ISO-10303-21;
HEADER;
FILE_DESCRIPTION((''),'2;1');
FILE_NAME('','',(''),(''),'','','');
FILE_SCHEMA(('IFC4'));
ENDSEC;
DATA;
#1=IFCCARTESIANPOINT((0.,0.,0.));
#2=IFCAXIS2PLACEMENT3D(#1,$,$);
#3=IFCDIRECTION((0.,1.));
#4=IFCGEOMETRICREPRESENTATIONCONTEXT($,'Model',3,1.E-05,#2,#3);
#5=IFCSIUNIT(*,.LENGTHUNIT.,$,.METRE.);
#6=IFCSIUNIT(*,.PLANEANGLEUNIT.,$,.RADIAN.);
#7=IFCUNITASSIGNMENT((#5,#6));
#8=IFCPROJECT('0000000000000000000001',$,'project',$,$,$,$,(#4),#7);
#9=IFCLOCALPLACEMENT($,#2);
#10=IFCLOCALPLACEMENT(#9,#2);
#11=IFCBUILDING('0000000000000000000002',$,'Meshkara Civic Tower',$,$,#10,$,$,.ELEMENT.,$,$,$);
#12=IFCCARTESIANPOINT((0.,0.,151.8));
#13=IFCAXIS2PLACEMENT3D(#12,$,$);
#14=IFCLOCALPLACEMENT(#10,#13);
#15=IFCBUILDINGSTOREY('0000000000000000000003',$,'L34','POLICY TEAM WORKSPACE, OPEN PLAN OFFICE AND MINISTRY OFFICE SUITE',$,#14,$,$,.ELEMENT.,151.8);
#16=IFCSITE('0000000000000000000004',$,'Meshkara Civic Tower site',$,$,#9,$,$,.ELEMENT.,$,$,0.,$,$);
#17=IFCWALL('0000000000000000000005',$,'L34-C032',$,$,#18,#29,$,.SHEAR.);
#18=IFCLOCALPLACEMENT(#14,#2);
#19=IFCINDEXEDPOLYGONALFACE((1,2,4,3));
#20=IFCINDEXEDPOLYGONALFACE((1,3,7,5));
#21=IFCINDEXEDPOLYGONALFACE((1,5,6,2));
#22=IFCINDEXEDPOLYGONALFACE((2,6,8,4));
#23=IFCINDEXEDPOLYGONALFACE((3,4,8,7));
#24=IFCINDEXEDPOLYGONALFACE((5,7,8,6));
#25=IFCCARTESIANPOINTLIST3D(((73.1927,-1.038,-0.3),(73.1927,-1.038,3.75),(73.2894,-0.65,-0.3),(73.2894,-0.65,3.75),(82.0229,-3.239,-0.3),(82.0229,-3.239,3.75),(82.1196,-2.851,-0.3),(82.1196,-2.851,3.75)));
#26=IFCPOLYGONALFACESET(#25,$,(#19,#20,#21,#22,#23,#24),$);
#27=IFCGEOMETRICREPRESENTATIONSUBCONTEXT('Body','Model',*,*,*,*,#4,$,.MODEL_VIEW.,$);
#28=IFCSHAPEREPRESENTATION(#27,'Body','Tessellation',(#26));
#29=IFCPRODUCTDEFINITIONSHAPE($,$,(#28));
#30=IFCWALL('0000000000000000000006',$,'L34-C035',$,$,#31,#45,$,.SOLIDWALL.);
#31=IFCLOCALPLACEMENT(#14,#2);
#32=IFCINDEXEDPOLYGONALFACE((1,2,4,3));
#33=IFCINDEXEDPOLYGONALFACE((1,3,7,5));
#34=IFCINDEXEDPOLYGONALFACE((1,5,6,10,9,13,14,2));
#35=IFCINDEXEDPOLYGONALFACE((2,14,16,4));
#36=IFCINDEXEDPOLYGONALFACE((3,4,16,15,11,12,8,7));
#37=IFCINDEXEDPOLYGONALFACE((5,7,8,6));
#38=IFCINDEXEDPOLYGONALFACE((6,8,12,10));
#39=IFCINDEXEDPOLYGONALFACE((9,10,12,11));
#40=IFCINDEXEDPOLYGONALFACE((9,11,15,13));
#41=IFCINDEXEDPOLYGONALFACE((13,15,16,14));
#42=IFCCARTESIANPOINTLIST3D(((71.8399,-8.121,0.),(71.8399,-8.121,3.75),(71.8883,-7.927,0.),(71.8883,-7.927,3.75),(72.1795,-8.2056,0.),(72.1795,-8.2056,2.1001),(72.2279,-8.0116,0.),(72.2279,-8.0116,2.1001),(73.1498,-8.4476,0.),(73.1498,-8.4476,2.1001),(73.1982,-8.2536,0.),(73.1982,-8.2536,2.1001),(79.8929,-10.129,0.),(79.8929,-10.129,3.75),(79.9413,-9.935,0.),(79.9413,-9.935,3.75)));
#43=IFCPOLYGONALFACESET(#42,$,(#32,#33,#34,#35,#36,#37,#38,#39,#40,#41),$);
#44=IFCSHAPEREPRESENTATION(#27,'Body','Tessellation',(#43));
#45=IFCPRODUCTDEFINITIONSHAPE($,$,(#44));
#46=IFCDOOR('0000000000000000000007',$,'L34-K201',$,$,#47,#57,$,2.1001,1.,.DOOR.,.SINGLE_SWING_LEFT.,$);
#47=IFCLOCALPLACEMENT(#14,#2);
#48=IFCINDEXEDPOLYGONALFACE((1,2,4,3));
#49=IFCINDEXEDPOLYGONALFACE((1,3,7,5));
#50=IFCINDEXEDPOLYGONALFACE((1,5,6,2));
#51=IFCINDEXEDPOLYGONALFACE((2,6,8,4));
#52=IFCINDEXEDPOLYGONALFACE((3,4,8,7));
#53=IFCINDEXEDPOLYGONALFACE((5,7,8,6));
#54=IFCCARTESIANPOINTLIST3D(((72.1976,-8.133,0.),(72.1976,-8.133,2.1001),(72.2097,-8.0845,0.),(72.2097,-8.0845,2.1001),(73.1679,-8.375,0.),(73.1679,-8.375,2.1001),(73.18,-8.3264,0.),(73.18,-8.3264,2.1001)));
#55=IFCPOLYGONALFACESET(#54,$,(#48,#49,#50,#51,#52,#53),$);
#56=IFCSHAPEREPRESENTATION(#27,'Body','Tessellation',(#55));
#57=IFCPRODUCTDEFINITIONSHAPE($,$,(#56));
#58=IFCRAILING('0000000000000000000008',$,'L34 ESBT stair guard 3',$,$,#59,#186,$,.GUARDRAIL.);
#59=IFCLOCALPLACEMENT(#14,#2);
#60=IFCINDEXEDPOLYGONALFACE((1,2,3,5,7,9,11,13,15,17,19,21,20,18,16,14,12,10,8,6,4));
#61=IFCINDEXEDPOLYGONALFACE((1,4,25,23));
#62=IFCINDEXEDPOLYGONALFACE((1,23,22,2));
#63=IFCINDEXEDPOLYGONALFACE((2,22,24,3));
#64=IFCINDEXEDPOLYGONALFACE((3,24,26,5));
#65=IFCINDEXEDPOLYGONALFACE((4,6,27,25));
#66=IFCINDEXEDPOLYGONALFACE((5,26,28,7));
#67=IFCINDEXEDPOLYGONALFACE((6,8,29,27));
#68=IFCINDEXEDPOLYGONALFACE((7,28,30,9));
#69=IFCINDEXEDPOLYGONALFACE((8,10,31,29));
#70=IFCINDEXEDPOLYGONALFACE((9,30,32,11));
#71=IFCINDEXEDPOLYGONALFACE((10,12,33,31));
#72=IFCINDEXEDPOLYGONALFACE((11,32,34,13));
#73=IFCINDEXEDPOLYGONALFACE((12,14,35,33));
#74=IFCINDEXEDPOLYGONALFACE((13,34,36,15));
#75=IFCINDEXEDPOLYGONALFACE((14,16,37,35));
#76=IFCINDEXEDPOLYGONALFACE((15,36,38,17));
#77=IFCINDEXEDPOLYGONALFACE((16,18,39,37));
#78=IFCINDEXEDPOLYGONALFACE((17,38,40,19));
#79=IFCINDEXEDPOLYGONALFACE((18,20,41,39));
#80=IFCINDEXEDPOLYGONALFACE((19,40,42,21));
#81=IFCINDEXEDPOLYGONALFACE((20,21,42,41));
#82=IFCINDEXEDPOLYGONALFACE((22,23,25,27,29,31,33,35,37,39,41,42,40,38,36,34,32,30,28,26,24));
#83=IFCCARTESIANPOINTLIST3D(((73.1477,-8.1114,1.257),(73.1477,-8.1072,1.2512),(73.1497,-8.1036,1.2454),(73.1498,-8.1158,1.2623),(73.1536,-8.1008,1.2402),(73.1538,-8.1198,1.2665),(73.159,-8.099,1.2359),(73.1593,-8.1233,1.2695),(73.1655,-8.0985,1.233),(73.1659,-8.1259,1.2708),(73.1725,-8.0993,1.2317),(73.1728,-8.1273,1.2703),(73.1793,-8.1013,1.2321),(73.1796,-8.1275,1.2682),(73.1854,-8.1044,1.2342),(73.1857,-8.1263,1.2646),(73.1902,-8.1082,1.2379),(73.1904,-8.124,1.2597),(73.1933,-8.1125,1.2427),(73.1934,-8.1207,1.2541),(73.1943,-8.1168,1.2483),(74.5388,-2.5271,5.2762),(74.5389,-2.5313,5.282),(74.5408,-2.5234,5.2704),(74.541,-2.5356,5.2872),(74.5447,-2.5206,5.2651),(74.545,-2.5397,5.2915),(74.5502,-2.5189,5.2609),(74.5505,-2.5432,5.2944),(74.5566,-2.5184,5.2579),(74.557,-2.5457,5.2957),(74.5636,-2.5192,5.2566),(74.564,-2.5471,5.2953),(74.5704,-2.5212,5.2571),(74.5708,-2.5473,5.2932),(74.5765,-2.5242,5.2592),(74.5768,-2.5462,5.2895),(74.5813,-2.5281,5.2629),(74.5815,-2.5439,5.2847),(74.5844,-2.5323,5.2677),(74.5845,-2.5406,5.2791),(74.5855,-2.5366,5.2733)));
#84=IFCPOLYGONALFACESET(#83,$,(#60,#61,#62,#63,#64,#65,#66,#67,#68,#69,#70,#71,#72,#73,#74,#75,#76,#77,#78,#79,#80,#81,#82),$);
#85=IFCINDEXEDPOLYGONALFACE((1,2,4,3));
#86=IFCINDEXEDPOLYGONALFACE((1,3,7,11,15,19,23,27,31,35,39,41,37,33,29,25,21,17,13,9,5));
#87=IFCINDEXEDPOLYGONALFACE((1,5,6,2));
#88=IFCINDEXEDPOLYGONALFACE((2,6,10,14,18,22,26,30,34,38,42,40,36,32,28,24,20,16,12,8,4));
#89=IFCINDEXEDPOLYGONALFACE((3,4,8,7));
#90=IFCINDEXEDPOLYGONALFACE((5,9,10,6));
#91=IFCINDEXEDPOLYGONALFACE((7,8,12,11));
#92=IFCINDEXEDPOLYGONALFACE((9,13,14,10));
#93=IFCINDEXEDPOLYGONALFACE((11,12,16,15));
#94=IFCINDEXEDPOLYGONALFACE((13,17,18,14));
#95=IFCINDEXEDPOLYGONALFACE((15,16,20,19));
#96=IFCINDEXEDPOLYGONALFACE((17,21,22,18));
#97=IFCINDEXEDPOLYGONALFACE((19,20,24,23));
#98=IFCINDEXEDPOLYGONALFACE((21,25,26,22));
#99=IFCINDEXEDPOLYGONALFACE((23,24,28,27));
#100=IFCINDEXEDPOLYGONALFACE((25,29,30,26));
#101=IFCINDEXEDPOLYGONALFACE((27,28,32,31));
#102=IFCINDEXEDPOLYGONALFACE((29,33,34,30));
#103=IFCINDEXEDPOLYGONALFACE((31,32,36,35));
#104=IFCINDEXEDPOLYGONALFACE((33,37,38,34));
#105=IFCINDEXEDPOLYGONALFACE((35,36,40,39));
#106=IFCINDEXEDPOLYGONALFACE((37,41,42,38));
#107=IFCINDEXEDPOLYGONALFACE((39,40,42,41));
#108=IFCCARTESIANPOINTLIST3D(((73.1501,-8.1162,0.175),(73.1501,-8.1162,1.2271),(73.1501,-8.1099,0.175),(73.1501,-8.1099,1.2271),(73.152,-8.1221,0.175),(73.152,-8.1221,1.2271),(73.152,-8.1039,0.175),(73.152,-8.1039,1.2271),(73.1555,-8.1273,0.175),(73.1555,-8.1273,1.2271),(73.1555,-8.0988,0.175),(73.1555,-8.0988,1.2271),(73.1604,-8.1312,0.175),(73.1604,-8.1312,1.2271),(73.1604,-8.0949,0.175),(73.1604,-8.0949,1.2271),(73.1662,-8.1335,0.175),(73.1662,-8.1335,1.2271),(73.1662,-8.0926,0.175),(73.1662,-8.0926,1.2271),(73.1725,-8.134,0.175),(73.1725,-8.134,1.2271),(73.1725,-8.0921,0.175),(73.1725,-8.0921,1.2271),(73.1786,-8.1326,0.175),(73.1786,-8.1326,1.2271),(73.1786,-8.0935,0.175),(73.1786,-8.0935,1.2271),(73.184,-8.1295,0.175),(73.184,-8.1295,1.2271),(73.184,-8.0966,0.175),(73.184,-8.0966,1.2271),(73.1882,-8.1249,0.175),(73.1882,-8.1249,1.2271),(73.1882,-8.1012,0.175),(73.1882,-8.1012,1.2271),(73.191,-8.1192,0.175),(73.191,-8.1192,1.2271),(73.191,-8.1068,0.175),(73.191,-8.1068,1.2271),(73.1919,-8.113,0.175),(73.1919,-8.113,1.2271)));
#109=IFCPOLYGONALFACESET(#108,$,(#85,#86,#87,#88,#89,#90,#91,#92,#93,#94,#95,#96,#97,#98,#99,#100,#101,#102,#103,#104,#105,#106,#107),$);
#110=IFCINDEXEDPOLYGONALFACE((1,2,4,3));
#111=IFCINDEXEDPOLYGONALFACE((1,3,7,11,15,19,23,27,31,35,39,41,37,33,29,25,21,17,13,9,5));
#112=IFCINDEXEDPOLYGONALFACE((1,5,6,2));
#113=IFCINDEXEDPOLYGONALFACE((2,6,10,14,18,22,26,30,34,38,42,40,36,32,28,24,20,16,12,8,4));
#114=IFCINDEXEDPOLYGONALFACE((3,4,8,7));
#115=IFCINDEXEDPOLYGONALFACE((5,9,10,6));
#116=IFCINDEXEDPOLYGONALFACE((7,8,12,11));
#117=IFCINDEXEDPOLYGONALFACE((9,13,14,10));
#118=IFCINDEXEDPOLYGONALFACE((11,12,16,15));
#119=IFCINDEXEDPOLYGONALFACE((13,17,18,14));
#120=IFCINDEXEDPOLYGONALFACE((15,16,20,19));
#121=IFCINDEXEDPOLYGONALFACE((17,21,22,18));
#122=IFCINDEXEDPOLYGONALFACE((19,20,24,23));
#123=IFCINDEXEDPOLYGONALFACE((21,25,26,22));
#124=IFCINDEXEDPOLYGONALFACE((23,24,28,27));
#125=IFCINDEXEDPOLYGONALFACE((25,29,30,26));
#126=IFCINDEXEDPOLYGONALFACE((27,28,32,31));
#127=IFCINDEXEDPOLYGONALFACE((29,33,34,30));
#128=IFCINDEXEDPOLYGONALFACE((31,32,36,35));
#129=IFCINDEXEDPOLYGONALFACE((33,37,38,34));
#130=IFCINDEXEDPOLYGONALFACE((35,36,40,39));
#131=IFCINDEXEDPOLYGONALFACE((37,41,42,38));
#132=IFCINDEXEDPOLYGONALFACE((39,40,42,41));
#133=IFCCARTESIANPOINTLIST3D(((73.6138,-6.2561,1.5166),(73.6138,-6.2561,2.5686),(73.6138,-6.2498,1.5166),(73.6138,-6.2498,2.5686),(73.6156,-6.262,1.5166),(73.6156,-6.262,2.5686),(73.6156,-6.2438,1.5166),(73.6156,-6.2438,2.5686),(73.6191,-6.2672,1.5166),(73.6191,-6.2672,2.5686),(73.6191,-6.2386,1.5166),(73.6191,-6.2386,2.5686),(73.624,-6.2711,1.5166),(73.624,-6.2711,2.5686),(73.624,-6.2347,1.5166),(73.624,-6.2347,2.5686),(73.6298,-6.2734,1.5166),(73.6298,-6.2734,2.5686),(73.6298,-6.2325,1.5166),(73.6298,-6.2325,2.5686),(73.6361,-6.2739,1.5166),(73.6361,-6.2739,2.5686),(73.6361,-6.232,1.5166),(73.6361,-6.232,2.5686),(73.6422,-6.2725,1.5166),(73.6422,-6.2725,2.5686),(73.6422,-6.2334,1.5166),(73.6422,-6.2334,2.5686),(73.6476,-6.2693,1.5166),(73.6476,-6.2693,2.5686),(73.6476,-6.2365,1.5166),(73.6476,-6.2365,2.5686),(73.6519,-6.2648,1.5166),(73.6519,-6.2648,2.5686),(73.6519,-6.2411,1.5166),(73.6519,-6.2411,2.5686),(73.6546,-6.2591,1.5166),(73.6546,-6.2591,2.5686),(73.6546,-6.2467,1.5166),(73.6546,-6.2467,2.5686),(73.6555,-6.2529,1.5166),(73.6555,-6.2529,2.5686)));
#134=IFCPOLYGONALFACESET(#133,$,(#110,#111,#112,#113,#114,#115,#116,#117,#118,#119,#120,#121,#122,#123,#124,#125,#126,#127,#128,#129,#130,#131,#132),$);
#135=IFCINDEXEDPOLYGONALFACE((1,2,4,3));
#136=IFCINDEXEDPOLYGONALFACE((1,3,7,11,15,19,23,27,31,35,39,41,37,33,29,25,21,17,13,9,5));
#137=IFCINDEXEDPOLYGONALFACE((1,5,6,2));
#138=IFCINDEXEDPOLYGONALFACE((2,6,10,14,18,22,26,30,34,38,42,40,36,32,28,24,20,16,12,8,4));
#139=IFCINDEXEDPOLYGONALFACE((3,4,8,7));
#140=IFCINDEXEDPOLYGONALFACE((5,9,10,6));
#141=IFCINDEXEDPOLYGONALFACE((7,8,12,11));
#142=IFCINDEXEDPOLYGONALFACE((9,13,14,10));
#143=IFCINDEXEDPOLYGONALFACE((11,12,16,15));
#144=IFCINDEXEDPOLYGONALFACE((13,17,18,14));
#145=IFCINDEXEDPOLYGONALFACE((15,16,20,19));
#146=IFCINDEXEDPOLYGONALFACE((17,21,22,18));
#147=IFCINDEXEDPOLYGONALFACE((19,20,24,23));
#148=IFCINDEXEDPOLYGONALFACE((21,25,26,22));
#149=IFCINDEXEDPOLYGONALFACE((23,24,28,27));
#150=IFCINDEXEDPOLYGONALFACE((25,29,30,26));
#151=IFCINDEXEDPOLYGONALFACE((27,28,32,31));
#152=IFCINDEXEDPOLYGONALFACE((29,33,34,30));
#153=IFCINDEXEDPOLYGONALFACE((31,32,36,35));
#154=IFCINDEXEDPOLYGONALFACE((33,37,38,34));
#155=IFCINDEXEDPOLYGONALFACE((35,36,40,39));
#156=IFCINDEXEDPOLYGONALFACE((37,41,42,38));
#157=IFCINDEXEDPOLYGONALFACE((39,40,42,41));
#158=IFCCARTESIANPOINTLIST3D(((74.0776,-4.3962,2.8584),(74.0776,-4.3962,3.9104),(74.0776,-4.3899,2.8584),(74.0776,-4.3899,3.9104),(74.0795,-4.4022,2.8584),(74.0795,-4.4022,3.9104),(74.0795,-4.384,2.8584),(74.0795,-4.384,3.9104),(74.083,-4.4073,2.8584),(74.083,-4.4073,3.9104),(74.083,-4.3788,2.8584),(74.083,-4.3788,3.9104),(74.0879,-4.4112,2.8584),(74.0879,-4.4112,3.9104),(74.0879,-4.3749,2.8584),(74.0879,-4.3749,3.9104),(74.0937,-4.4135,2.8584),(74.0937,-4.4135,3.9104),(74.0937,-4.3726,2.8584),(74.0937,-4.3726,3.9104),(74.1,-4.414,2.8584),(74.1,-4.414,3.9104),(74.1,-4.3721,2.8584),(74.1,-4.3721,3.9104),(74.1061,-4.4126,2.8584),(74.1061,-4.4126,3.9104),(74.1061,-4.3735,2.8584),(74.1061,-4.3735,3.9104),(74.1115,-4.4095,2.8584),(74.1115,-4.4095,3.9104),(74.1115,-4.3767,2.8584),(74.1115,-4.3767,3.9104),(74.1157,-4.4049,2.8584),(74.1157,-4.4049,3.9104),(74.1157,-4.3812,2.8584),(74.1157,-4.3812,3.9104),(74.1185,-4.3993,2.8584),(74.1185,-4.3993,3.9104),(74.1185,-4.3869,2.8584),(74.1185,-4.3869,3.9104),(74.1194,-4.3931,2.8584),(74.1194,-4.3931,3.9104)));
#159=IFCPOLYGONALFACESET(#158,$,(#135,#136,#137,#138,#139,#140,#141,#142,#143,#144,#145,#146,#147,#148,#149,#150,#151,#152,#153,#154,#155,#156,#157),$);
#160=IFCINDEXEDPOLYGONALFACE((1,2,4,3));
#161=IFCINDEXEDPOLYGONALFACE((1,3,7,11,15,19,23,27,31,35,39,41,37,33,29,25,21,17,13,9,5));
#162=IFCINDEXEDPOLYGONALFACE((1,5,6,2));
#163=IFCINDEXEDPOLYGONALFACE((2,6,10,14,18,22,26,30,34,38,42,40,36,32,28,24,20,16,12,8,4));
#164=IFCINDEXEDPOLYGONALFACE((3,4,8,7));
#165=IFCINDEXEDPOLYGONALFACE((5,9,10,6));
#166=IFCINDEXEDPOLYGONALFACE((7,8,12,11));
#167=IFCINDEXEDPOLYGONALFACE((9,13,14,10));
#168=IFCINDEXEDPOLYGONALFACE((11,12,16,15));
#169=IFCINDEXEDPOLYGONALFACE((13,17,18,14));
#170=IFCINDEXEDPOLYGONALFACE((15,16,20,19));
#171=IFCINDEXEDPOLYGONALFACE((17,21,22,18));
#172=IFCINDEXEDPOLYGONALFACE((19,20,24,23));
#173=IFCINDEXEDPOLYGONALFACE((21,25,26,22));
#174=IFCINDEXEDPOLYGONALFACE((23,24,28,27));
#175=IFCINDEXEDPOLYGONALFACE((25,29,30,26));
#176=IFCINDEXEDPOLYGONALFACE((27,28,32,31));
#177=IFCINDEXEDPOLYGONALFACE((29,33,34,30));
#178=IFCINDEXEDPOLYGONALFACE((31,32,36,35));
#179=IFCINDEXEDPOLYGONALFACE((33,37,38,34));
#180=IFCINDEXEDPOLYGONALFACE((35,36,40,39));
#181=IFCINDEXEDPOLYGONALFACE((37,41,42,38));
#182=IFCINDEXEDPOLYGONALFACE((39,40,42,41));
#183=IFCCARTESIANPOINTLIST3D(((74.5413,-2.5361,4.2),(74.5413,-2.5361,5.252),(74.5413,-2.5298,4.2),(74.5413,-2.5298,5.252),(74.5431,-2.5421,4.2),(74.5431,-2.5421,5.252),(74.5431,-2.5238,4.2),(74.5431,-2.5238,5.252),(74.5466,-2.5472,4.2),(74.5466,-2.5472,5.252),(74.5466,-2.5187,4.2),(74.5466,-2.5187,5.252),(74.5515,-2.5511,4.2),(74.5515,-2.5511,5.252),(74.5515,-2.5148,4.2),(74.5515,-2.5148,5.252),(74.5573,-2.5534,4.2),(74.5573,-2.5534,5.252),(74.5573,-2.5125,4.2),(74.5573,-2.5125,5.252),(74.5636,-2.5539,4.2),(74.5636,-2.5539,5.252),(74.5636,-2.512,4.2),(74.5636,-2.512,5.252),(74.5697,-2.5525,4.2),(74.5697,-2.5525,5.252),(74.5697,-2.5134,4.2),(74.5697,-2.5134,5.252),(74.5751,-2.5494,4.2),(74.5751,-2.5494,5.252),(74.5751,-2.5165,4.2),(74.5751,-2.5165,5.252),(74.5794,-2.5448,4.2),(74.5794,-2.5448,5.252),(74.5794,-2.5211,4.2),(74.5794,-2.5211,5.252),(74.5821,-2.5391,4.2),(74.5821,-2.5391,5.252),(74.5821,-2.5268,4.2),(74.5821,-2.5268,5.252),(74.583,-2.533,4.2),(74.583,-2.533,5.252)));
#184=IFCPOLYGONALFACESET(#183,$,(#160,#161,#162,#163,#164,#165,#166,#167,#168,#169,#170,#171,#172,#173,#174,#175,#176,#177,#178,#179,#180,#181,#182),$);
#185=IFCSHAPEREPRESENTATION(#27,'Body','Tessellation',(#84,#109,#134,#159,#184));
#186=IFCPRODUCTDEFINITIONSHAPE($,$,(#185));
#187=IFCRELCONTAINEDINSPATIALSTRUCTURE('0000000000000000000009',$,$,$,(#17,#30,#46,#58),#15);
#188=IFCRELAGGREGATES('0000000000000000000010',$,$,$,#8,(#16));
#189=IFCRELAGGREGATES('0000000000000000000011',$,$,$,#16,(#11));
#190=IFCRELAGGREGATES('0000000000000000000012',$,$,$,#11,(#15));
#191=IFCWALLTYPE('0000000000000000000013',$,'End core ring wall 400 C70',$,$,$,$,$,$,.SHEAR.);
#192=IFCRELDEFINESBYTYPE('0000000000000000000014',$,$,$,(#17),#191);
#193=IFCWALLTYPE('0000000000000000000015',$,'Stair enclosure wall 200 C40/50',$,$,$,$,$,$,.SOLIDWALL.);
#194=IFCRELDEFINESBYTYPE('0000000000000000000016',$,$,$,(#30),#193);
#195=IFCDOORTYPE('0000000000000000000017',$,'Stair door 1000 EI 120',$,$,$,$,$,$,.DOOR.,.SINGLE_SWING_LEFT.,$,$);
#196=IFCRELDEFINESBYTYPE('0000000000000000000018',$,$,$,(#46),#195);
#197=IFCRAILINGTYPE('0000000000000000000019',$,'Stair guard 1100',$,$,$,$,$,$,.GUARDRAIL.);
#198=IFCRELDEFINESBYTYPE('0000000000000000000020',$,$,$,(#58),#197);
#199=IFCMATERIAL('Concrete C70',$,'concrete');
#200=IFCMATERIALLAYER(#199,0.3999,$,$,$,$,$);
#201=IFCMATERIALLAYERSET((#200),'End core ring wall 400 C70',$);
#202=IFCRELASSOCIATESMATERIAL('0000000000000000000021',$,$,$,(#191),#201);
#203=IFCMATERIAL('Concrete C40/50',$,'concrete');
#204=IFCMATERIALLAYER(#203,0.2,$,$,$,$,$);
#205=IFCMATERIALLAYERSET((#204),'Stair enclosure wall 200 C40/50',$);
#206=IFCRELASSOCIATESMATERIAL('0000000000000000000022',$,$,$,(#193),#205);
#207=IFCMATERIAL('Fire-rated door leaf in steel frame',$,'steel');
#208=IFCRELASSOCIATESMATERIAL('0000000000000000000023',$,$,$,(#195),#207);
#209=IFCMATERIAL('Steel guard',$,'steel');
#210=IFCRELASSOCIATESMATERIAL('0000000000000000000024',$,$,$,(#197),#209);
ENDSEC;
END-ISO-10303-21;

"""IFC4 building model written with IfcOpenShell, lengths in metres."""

from ifc_helpers import new_model, si_unit, direction, frame, frame_2d, origin, origin_2d, place, context, subcontext, project, spatial, rectangle, circle, extrude, material, layer, layer_set, type_object, element, fill, save


model = new_model("IFC4")

# Units and contexts
model_context = context("Model", 3, precision=1e-05, world=origin(), true_north=direction((0.0, 1.0)))
body_context = subcontext(model_context, "Body", "Model", "MODEL_VIEW")
ifc_project = project(units=[si_unit("LENGTHUNIT", "METRE"), si_unit("PLANEANGLEUNIT", "RADIAN")], contexts=[model_context])

# Site, building, storey
site_placement = place(None, origin())
site = spatial("IfcSite", under=ifc_project, at=site_placement, Name="Meshkara Civic Tower site", CompositionType="ELEMENT", RefElevation=0.0)
building_placement = place(site_placement, origin())
building = spatial("IfcBuilding", under=site, at=building_placement, Name="Meshkara Civic Tower", CompositionType="ELEMENT")
storey_placement = place(building_placement, frame((0.0, 0.0, 151.8)))
storey = spatial("IfcBuildingStorey", under=building, at=storey_placement, Name="L34", Description="POLICY TEAM WORKSPACE, OPEN PLAN OFFICE AND MINISTRY OFFICE SUITE", CompositionType="ELEMENT", Elevation=151.8)

# Wall
ifc_material_1 = material(Name="Concrete C70", Category="concrete")
ifc_layer_1 = layer(ifc_material_1, 0.3999)
ifc_layer_set_1 = layer_set([ifc_layer_1], Name="End core ring wall 400 C70")
wall_type_1 = type_object("IfcWallType", Name="End core ring wall 400 C70", PredefinedType="SHEAR", material=ifc_layer_set_1)
wall_1_placement = place(storey_placement, frame((73.241, -0.844, -0.3), z_axis=(0.0, 0.0, 1.0), x_axis=(0.970313, -0.241854, 0.0)))
element("IfcWall", 1, at=wall_1_placement, inside=storey, type_object=wall_type_1, Name="L34-C032", PredefinedType="SHEAR", context=body_context, shape_type="SweptSolid", body=[
    extrude(rectangle(XDim=9.1003, YDim=0.3999, at=frame_2d((4.5503, 0.0))), origin(), (0.0, 0.0, 1.0), 4.05),
])

# Wall, opening, door
ifc_material_2 = material(Name="Concrete C40/50", Category="concrete")
ifc_layer_2 = layer(ifc_material_2, 0.2)
ifc_layer_set_2 = layer_set([ifc_layer_2], Name="Stair enclosure wall 200 C40/50")
wall_type_2 = type_object("IfcWallType", Name="Stair enclosure wall 200 C40/50", PredefinedType="SOLIDWALL", material=ifc_layer_set_2)
wall_2_placement = place(storey_placement, frame((71.864, -8.0239, 0.0), z_axis=(0.0, 0.0, 1.0), x_axis=(0.970289, -0.241947, 0.0)))
wall_2 = element("IfcWall", 2, at=wall_2_placement, inside=storey, type_object=wall_type_2, Name="L34-C035", PredefinedType="SOLIDWALL", context=body_context, shape_type="SweptSolid", body=[
    extrude(rectangle(XDim=8.2996, YDim=0.2, at=frame_2d((4.1499, 0.0))), origin(), (0.0, 0.0, 1.0), 3.75),
])
opening_1_placement = place(wall_2_placement, frame((0.3501, 0.0, 0.0)))
opening_1 = element("IfcOpeningElement", 3, at=opening_1_placement, cuts=wall_2, PredefinedType="OPENING", context=body_context, shape_type="SweptSolid", body=[
    extrude(rectangle(XDim=1.0, YDim=2.1001, at=frame_2d((0.5, 1.05))), frame((0.0, 0.1099, 0.0), z_axis=(0.0, -1.0, 0.0), x_axis=(1.0, 0.0, 0.0)), (0.0, 0.0, 1.0), 0.22),
])
ifc_material_3 = material(Name="Fire-rated door leaf in steel frame", Category="steel")
door_type_1 = type_object("IfcDoorType", Name="Stair door 1000 EI 120", OperationType="SINGLE_SWING_LEFT", PredefinedType="DOOR", material=ifc_material_3)
door_1_placement = place(opening_1_placement, origin())
door_1 = element("IfcDoor", 4, at=door_1_placement, inside=storey, type_object=door_type_1, Name="L34-K201", OperationType="SINGLE_SWING_LEFT", OverallHeight=2.1001, OverallWidth=1.0, PredefinedType="DOOR", context=body_context, shape_type="SweptSolid", body=[
    extrude(rectangle(XDim=1.0, YDim=2.1001, at=frame_2d((0.5, 1.05))), frame((0.0, 0.0249, 0.0), z_axis=(0.0, -1.0, 0.0), x_axis=(1.0, 0.0, 0.0)), (0.0, 0.0, 1.0), 0.05),
])
fill(opening_1, door_1)

# Railing
ifc_material_4 = material(Name="Steel guard", Category="steel")
railing_type_1 = type_object("IfcRailingType", Name="Stair guard 1100", PredefinedType="GUARDRAIL", material=ifc_material_4)
railing_1_placement = place(storey_placement, frame((73.1709, -8.113, 0.175)))
element("IfcRailing", 5, at=railing_1_placement, inside=storey, type_object=railing_type_1, Name="L34 ESBT stair guard 3", PredefinedType="GUARDRAIL", context=body_context, shape_type="SweptSolid", body=[
    extrude(circle(Radius=0.0239, at=origin_2d()), frame((0.0, 0.0, 1.0762), z_axis=(0.198181, 0.794948, 0.573395), x_axis=(-0.970302, 0.241896, 0.0)), (0.0, 0.0, 1.0), 7.0195),
    extrude(circle(Radius=0.021, at=origin_2d()), origin(), (0.0, 0.0, 1.0), 1.052),
    extrude(circle(Radius=0.021, at=origin_2d()), frame((0.4636, 1.8601, 1.3416)), (0.0, 0.0, 1.0), 1.052),
    extrude(circle(Radius=0.021, at=origin_2d()), frame((0.9275, 3.72, 2.6833)), (0.0, 0.0, 1.0), 1.052),
    extrude(circle(Radius=0.021, at=origin_2d()), frame((1.3911, 5.5801, 4.0249)), (0.0, 0.0, 1.0), 1.052),
])

save(model, "model.ifc")
